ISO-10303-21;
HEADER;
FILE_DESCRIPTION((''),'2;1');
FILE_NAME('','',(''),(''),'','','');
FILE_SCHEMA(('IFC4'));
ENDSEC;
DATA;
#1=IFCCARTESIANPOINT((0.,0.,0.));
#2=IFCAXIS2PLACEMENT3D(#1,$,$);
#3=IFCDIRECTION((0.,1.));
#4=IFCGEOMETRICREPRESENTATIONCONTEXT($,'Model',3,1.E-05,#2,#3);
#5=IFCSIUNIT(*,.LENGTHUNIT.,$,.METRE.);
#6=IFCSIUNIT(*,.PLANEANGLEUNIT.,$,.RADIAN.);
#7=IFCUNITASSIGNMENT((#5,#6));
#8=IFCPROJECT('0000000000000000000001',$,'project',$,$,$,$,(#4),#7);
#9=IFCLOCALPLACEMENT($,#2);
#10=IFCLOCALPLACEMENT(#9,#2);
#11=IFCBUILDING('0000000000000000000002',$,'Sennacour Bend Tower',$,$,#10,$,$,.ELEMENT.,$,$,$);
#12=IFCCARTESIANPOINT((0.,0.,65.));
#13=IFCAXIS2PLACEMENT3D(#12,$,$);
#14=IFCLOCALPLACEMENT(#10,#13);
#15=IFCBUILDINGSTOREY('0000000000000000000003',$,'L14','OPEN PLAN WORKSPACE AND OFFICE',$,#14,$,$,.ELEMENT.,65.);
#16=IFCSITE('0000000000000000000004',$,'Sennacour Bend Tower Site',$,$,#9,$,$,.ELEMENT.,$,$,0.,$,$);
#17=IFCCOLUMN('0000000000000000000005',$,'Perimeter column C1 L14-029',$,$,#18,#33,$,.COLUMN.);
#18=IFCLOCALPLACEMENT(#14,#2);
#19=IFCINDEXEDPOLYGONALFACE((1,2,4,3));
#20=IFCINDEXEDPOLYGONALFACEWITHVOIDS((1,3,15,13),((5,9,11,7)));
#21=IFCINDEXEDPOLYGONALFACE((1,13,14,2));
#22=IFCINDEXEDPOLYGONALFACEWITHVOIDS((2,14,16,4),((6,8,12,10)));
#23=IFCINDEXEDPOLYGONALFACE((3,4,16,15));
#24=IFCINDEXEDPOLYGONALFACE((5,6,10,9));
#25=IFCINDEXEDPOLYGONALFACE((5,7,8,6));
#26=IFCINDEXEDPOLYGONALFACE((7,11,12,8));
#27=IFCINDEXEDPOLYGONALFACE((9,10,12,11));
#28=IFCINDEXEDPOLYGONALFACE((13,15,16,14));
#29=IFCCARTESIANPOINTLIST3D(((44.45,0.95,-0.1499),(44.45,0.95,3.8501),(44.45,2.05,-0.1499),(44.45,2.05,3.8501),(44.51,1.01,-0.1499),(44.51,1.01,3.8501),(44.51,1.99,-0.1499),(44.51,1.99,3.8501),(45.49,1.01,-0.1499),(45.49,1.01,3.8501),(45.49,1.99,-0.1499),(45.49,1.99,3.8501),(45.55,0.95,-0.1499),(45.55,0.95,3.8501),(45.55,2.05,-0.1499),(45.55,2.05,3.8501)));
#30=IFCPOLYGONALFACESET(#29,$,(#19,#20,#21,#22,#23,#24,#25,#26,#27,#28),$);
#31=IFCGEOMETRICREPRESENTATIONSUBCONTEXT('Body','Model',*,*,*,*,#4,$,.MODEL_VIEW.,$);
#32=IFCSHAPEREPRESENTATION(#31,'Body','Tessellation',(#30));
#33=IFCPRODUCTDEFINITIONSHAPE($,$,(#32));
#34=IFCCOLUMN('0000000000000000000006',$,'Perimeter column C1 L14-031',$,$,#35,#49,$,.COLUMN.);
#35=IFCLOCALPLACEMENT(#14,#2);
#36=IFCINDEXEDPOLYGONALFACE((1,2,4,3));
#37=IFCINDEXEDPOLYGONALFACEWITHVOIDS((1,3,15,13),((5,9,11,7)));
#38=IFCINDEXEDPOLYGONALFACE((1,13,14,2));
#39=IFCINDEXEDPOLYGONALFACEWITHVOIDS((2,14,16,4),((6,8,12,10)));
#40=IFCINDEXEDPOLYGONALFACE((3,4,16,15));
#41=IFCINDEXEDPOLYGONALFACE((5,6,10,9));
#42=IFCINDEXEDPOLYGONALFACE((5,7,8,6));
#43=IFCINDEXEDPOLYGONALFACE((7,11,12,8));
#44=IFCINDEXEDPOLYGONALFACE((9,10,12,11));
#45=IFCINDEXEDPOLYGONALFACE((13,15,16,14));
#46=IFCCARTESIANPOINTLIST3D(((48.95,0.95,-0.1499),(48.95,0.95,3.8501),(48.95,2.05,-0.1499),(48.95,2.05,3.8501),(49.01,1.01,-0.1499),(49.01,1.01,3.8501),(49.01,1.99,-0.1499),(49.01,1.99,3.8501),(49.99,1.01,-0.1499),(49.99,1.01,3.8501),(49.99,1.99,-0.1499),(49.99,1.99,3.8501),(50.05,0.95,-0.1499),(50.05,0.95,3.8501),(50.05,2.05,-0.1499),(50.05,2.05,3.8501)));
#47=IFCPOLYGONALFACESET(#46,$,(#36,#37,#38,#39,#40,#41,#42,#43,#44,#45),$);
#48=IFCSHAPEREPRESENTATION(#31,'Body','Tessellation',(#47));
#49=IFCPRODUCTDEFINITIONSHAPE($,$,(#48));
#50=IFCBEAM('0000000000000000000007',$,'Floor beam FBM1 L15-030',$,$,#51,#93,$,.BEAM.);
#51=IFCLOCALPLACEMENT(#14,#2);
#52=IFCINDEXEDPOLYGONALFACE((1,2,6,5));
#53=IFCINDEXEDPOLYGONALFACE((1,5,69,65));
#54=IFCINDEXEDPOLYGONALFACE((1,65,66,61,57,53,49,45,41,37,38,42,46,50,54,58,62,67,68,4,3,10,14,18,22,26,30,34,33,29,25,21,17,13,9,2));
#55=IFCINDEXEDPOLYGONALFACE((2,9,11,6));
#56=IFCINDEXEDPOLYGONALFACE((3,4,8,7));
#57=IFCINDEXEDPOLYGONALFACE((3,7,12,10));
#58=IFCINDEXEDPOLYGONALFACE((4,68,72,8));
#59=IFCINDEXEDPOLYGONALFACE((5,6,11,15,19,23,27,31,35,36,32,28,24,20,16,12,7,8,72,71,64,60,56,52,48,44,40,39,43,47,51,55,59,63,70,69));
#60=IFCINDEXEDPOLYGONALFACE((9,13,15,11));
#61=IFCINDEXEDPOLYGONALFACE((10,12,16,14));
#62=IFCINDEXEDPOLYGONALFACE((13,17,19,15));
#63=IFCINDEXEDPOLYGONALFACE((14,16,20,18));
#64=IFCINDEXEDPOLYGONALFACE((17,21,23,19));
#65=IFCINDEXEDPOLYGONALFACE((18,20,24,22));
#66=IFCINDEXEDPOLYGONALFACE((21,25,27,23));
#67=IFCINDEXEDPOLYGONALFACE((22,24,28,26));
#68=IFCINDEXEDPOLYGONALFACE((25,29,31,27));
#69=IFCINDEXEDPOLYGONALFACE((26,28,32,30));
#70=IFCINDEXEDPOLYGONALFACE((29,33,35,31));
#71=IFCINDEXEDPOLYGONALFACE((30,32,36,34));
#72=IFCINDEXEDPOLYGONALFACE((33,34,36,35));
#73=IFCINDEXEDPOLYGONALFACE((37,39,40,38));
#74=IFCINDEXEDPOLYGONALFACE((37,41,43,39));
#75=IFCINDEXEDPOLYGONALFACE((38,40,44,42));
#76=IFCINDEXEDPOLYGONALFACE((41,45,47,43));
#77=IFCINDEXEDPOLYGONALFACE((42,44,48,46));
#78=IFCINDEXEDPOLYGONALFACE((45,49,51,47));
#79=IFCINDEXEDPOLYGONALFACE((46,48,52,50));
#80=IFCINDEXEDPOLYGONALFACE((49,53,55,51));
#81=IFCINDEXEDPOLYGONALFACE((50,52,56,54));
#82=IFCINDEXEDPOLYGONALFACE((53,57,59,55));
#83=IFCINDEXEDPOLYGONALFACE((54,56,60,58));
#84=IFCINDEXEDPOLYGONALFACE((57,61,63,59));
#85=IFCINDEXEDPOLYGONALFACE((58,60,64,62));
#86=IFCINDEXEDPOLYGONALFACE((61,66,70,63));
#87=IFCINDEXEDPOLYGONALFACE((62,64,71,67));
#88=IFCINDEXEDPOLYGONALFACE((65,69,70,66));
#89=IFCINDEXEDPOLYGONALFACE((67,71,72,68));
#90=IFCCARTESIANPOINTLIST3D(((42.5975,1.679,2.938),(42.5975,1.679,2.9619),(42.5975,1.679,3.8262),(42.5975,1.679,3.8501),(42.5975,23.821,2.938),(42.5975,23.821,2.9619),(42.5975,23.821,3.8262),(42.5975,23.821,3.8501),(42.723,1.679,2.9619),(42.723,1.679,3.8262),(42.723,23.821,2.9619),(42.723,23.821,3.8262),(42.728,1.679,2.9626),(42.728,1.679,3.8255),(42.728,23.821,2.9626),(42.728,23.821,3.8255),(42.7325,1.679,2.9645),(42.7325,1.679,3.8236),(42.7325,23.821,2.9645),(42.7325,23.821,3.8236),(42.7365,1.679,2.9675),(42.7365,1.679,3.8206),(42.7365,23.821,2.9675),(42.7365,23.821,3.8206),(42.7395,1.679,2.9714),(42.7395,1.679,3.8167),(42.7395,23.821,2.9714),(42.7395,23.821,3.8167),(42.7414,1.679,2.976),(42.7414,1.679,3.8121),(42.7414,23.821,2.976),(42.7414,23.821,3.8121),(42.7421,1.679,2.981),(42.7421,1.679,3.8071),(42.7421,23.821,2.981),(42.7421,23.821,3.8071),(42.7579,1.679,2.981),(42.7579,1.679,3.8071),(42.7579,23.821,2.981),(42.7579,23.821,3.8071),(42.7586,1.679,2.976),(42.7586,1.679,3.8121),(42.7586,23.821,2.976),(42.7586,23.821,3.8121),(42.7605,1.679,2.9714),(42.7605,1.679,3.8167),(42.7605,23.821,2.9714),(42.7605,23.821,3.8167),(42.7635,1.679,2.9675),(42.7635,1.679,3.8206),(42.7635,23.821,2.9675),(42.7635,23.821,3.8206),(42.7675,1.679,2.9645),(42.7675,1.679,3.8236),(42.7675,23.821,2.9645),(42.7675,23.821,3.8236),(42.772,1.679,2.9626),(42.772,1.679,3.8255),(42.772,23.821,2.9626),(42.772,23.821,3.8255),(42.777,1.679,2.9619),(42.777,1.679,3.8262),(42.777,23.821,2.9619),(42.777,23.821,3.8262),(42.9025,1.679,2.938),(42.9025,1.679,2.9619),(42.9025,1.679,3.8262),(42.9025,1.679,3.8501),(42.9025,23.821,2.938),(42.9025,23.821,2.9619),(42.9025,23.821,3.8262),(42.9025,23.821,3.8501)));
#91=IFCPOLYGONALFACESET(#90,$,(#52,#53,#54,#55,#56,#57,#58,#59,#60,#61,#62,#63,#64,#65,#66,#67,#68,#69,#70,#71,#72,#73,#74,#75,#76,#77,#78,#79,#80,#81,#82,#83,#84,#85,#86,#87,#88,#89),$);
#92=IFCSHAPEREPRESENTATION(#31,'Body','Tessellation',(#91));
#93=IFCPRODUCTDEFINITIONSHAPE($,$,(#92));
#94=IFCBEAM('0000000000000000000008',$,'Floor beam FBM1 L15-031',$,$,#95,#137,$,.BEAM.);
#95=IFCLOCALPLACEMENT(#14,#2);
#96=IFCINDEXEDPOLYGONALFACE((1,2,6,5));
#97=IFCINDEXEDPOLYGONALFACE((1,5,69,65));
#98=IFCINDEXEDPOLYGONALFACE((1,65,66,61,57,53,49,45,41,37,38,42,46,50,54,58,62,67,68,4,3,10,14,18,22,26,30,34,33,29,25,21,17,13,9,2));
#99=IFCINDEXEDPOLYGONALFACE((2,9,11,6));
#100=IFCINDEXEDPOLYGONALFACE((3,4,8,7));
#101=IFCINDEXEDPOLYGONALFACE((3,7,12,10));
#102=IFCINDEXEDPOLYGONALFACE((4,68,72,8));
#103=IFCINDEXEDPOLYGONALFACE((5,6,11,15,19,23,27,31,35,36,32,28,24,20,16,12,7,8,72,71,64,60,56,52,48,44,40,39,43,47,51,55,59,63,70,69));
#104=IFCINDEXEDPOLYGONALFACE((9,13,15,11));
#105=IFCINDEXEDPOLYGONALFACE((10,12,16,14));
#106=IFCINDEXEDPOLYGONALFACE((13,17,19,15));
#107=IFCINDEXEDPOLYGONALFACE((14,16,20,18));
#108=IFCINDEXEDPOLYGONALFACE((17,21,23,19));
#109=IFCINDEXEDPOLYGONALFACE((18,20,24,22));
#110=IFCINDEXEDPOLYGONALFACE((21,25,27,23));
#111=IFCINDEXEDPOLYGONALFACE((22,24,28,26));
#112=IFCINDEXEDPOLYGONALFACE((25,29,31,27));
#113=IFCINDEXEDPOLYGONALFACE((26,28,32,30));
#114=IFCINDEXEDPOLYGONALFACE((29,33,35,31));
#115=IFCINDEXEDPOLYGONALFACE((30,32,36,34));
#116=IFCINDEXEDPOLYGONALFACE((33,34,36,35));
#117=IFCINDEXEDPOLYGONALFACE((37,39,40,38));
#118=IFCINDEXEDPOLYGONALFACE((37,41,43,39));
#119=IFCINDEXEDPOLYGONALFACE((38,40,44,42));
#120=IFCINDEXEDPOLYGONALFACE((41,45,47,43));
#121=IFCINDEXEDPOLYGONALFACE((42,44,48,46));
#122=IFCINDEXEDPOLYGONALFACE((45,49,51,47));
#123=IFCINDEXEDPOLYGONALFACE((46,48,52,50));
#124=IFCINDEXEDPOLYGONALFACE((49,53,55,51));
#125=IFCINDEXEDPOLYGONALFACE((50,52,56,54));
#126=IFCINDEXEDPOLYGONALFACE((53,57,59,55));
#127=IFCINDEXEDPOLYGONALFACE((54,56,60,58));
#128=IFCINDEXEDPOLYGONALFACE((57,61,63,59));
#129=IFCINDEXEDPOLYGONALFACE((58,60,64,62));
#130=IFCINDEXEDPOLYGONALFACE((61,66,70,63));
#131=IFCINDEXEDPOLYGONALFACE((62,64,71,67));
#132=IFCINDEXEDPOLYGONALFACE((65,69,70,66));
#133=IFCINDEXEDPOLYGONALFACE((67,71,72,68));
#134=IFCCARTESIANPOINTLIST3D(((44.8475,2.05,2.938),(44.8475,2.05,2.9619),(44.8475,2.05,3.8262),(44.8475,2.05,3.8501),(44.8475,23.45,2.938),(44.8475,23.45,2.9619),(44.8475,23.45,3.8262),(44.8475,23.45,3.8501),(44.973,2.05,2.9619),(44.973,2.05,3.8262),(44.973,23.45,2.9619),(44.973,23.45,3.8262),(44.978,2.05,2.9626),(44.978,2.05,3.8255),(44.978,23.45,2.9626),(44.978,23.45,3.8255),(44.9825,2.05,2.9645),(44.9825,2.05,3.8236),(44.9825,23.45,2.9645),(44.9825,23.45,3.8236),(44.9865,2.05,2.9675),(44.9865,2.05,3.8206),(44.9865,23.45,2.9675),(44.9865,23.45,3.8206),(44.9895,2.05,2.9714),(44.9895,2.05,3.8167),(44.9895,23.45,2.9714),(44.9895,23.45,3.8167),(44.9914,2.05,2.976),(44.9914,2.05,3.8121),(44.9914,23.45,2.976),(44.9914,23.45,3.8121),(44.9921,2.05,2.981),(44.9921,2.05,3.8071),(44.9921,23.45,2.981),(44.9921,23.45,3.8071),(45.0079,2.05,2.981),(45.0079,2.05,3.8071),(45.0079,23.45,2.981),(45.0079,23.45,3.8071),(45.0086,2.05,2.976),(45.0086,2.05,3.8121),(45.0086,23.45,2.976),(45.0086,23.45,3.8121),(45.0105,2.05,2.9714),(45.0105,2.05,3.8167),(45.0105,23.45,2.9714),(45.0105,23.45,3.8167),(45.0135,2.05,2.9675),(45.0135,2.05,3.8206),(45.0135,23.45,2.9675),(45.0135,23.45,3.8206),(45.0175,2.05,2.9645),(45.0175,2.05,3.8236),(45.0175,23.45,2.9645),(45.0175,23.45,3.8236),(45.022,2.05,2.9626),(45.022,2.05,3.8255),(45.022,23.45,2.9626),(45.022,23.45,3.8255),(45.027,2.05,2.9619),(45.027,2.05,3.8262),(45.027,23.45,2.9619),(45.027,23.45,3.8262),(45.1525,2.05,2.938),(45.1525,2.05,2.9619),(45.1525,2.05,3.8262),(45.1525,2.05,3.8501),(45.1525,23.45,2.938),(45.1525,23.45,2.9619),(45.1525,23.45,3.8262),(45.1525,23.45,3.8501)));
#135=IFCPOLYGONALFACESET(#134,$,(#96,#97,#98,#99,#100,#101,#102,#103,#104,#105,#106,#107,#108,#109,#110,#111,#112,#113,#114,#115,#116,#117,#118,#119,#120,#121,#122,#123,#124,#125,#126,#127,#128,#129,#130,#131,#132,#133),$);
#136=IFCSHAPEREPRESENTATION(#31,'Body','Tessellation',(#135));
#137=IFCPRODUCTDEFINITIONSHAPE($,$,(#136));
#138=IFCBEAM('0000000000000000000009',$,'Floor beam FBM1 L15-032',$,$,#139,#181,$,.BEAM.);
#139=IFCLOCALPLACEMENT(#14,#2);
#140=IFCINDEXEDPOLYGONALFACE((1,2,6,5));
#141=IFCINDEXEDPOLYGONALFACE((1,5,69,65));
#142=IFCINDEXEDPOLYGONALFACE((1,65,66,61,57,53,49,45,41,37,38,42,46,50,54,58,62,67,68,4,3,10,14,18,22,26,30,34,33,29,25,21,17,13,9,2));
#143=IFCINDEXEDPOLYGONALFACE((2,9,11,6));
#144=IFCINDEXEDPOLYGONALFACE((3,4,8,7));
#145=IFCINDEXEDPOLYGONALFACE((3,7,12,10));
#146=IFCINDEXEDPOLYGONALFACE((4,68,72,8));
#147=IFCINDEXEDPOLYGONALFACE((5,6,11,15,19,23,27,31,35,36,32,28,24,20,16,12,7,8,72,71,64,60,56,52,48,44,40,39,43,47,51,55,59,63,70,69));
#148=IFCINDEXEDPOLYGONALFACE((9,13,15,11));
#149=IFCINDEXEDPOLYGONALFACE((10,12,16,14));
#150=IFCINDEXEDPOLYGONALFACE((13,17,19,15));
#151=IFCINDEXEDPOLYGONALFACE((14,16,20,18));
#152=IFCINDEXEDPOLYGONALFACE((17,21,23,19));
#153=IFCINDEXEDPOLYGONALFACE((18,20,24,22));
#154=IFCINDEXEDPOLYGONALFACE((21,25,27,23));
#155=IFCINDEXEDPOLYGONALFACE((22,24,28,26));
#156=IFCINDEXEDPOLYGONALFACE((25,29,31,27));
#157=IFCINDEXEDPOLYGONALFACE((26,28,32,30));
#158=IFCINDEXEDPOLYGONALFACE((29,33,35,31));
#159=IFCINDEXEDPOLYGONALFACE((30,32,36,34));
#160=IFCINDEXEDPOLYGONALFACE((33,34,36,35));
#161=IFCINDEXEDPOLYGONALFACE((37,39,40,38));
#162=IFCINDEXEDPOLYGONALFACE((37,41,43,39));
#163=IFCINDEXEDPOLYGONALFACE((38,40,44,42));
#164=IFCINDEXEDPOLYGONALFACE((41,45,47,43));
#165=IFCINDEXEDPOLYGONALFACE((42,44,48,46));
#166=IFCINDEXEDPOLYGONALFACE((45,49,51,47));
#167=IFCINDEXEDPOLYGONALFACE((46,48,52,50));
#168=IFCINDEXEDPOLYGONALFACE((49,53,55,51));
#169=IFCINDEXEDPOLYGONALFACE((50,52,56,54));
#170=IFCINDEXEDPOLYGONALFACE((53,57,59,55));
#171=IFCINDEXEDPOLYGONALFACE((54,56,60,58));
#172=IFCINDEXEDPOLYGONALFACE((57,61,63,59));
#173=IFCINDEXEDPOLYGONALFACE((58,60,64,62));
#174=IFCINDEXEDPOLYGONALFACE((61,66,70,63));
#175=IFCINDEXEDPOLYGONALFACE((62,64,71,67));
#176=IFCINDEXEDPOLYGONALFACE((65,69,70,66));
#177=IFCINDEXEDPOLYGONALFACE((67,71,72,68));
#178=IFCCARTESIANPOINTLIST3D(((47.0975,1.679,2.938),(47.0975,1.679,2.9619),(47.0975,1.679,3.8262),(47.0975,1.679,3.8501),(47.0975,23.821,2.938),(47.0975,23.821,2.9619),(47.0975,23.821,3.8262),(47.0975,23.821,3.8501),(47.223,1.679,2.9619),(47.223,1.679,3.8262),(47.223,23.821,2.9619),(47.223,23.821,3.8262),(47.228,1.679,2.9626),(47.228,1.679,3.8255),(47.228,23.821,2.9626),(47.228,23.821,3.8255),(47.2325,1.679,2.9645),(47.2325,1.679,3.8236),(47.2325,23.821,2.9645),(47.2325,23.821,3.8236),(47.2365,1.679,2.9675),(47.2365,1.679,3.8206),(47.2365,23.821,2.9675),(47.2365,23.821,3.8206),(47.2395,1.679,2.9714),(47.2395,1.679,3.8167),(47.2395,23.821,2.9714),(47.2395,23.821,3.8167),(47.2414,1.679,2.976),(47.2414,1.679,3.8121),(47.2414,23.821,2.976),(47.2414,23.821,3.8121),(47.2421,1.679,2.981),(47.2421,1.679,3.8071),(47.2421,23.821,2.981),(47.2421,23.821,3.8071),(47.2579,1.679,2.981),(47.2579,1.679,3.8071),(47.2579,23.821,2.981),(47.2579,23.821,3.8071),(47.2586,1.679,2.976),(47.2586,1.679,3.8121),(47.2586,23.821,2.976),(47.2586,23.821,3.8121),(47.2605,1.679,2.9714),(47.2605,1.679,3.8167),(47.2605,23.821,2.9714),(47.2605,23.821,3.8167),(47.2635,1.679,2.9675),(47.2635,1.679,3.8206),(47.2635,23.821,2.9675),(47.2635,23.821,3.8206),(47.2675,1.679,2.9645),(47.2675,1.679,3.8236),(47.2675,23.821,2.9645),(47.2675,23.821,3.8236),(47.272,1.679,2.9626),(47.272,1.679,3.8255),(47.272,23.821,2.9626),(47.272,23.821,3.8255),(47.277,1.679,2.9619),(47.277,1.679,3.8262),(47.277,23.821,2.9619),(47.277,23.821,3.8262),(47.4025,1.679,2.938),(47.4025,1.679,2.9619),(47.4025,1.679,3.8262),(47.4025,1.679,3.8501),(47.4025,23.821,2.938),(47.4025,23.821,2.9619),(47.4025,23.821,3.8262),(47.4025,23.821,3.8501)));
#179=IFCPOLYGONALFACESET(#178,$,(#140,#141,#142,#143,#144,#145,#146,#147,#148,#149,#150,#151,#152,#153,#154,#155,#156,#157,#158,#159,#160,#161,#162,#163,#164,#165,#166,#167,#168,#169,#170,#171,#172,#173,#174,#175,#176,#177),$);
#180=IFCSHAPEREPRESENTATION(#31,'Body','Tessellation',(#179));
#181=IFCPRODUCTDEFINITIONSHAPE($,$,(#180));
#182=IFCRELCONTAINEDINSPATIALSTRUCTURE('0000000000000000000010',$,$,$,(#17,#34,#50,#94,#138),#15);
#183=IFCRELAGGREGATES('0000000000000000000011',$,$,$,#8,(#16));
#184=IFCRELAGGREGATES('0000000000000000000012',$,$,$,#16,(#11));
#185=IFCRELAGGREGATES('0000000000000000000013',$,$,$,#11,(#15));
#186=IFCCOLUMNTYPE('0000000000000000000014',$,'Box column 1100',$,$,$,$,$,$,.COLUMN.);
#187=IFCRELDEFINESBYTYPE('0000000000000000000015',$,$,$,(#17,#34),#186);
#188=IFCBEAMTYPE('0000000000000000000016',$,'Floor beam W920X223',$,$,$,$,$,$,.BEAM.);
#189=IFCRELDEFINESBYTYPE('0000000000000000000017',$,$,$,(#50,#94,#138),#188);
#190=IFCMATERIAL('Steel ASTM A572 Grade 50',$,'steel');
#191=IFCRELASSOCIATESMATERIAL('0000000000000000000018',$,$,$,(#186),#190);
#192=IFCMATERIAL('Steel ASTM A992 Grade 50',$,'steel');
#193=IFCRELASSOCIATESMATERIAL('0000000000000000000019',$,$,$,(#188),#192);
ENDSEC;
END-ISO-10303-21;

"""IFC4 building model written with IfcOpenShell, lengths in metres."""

from ifc_helpers import new_model, si_unit, direction, frame, origin, origin_2d, place, context, subcontext, project, spatial, hollow_rectangle, i_section, extrude, material, material_profile, profile_set, type_object, element, save


model = new_model("IFC4")

# Units and contexts
model_context = context("Model", 3, precision=1e-05, world=origin(), true_north=direction((0.0, 1.0)))
body_context = subcontext(model_context, "Body", "Model", "MODEL_VIEW")
ifc_project = project(units=[si_unit("LENGTHUNIT", "METRE"), si_unit("PLANEANGLEUNIT", "RADIAN")], contexts=[model_context])

# Site, building, storey
site_placement = place(None, origin())
site = spatial("IfcSite", under=ifc_project, at=site_placement, Name="Sennacour Bend Tower Site", CompositionType="ELEMENT", RefElevation=0.0)
building_placement = place(site_placement, origin())
building = spatial("IfcBuilding", under=site, at=building_placement, Name="Sennacour Bend Tower", CompositionType="ELEMENT")
storey_placement = place(building_placement, frame((0.0, 0.0, 65.0)))
storey = spatial("IfcBuildingStorey", under=building, at=storey_placement, Name="L14", Description="OPEN PLAN WORKSPACE AND OFFICE", CompositionType="ELEMENT", Elevation=65.0)

# Columns
ifc_material_1 = material(Name="Steel ASTM A572 Grade 50", Category="steel")
ifc_material_profile_1 = material_profile(ifc_material_1, hollow_rectangle(XDim=1.1001, YDim=1.1001, WallThickness=0.0601, at=origin_2d()), Name="Steel ASTM A572 Grade 50", Category="steel")
ifc_profile_set_1 = profile_set([ifc_material_profile_1], Name="Steel ASTM A572 Grade 50")
column_type = type_object("IfcColumnType", Name="Box column 1100", PredefinedType="COLUMN", material=ifc_profile_set_1)
for number, where, z_axis, x_axis, name in (
    (1, (45.0, 1.5, -0.1499), (0.0, 0.0, 1.0), (1.0, 0.0, 0.0), "Perimeter column C1 L14-029"),
    (2, (49.5, 1.5, -0.1499), (0.0, 0.0, 1.0), (1.0, 0.0, 0.0), "Perimeter column C1 L14-031"),
):
    element("IfcColumn", number, at=place(storey_placement, frame(where, z_axis=z_axis, x_axis=x_axis)), inside=storey, type_object=column_type, Name=name, PredefinedType="COLUMN", context=body_context, shape_type="SweptSolid", body=[
        extrude(hollow_rectangle(XDim=1.1001, YDim=1.1001, WallThickness=0.0601, at=origin_2d()), origin(), (0.0, 0.0, 1.0), 4.0),
    ])

# Beams
ifc_material_2 = material(Name="Steel ASTM A992 Grade 50", Category="steel")
ifc_material_profile_2 = material_profile(ifc_material_2, i_section(OverallWidth=0.3049, OverallDepth=0.9121, WebThickness=0.0159, FlangeThickness=0.0239, FilletRadius=0.019, at=origin_2d()), Name="Steel ASTM A992 Grade 50", Category="steel")
ifc_profile_set_2 = profile_set([ifc_material_profile_2], Name="Steel ASTM A992 Grade 50")
beam_type_1 = type_object("IfcBeamType", Name="Floor beam W920X223", PredefinedType="BEAM", material=ifc_profile_set_2)
beam_1_placement = place(storey_placement, frame((42.75, 1.679, 3.394), z_axis=(0.0, 1.0, 0.0), x_axis=(-1.0, 0.0, 0.0)))
element("IfcBeam", 3, at=beam_1_placement, inside=storey, type_object=beam_type_1, Name="Floor beam FBM1 L15-030", PredefinedType="BEAM", context=body_context, shape_type="SweptSolid", body=[
    extrude(i_section(OverallWidth=0.3049, OverallDepth=0.9121, WebThickness=0.0159, FlangeThickness=0.0239, FilletRadius=0.019, at=origin_2d()), origin(), (0.0, 0.0, 1.0), 22.1421),
])
beam_2_placement = place(storey_placement, frame((45.0, 2.05, 3.394), z_axis=(0.0, 1.0, 0.0), x_axis=(-1.0, 0.0, 0.0)))
element("IfcBeam", 4, at=beam_2_placement, inside=storey, type_object=beam_type_1, Name="Floor beam FBM1 L15-031", PredefinedType="BEAM", context=body_context, shape_type="SweptSolid", body=[
    extrude(i_section(OverallWidth=0.3049, OverallDepth=0.9121, WebThickness=0.0159, FlangeThickness=0.0239, FilletRadius=0.019, at=origin_2d()), origin(), (0.0, 0.0, 1.0), 21.3999),
])
beam_3_placement = place(storey_placement, frame((47.25, 1.679, 3.394), z_axis=(0.0, 1.0, 0.0), x_axis=(-1.0, 0.0, 0.0)))
element("IfcBeam", 5, at=beam_3_placement, inside=storey, type_object=beam_type_1, Name="Floor beam FBM1 L15-032", PredefinedType="BEAM", context=body_context, shape_type="SweptSolid", body=[
    extrude(i_section(OverallWidth=0.3049, OverallDepth=0.9121, WebThickness=0.0159, FlangeThickness=0.0239, FilletRadius=0.019, at=origin_2d()), origin(), (0.0, 0.0, 1.0), 22.1421),
])

save(model, "model.ifc")
